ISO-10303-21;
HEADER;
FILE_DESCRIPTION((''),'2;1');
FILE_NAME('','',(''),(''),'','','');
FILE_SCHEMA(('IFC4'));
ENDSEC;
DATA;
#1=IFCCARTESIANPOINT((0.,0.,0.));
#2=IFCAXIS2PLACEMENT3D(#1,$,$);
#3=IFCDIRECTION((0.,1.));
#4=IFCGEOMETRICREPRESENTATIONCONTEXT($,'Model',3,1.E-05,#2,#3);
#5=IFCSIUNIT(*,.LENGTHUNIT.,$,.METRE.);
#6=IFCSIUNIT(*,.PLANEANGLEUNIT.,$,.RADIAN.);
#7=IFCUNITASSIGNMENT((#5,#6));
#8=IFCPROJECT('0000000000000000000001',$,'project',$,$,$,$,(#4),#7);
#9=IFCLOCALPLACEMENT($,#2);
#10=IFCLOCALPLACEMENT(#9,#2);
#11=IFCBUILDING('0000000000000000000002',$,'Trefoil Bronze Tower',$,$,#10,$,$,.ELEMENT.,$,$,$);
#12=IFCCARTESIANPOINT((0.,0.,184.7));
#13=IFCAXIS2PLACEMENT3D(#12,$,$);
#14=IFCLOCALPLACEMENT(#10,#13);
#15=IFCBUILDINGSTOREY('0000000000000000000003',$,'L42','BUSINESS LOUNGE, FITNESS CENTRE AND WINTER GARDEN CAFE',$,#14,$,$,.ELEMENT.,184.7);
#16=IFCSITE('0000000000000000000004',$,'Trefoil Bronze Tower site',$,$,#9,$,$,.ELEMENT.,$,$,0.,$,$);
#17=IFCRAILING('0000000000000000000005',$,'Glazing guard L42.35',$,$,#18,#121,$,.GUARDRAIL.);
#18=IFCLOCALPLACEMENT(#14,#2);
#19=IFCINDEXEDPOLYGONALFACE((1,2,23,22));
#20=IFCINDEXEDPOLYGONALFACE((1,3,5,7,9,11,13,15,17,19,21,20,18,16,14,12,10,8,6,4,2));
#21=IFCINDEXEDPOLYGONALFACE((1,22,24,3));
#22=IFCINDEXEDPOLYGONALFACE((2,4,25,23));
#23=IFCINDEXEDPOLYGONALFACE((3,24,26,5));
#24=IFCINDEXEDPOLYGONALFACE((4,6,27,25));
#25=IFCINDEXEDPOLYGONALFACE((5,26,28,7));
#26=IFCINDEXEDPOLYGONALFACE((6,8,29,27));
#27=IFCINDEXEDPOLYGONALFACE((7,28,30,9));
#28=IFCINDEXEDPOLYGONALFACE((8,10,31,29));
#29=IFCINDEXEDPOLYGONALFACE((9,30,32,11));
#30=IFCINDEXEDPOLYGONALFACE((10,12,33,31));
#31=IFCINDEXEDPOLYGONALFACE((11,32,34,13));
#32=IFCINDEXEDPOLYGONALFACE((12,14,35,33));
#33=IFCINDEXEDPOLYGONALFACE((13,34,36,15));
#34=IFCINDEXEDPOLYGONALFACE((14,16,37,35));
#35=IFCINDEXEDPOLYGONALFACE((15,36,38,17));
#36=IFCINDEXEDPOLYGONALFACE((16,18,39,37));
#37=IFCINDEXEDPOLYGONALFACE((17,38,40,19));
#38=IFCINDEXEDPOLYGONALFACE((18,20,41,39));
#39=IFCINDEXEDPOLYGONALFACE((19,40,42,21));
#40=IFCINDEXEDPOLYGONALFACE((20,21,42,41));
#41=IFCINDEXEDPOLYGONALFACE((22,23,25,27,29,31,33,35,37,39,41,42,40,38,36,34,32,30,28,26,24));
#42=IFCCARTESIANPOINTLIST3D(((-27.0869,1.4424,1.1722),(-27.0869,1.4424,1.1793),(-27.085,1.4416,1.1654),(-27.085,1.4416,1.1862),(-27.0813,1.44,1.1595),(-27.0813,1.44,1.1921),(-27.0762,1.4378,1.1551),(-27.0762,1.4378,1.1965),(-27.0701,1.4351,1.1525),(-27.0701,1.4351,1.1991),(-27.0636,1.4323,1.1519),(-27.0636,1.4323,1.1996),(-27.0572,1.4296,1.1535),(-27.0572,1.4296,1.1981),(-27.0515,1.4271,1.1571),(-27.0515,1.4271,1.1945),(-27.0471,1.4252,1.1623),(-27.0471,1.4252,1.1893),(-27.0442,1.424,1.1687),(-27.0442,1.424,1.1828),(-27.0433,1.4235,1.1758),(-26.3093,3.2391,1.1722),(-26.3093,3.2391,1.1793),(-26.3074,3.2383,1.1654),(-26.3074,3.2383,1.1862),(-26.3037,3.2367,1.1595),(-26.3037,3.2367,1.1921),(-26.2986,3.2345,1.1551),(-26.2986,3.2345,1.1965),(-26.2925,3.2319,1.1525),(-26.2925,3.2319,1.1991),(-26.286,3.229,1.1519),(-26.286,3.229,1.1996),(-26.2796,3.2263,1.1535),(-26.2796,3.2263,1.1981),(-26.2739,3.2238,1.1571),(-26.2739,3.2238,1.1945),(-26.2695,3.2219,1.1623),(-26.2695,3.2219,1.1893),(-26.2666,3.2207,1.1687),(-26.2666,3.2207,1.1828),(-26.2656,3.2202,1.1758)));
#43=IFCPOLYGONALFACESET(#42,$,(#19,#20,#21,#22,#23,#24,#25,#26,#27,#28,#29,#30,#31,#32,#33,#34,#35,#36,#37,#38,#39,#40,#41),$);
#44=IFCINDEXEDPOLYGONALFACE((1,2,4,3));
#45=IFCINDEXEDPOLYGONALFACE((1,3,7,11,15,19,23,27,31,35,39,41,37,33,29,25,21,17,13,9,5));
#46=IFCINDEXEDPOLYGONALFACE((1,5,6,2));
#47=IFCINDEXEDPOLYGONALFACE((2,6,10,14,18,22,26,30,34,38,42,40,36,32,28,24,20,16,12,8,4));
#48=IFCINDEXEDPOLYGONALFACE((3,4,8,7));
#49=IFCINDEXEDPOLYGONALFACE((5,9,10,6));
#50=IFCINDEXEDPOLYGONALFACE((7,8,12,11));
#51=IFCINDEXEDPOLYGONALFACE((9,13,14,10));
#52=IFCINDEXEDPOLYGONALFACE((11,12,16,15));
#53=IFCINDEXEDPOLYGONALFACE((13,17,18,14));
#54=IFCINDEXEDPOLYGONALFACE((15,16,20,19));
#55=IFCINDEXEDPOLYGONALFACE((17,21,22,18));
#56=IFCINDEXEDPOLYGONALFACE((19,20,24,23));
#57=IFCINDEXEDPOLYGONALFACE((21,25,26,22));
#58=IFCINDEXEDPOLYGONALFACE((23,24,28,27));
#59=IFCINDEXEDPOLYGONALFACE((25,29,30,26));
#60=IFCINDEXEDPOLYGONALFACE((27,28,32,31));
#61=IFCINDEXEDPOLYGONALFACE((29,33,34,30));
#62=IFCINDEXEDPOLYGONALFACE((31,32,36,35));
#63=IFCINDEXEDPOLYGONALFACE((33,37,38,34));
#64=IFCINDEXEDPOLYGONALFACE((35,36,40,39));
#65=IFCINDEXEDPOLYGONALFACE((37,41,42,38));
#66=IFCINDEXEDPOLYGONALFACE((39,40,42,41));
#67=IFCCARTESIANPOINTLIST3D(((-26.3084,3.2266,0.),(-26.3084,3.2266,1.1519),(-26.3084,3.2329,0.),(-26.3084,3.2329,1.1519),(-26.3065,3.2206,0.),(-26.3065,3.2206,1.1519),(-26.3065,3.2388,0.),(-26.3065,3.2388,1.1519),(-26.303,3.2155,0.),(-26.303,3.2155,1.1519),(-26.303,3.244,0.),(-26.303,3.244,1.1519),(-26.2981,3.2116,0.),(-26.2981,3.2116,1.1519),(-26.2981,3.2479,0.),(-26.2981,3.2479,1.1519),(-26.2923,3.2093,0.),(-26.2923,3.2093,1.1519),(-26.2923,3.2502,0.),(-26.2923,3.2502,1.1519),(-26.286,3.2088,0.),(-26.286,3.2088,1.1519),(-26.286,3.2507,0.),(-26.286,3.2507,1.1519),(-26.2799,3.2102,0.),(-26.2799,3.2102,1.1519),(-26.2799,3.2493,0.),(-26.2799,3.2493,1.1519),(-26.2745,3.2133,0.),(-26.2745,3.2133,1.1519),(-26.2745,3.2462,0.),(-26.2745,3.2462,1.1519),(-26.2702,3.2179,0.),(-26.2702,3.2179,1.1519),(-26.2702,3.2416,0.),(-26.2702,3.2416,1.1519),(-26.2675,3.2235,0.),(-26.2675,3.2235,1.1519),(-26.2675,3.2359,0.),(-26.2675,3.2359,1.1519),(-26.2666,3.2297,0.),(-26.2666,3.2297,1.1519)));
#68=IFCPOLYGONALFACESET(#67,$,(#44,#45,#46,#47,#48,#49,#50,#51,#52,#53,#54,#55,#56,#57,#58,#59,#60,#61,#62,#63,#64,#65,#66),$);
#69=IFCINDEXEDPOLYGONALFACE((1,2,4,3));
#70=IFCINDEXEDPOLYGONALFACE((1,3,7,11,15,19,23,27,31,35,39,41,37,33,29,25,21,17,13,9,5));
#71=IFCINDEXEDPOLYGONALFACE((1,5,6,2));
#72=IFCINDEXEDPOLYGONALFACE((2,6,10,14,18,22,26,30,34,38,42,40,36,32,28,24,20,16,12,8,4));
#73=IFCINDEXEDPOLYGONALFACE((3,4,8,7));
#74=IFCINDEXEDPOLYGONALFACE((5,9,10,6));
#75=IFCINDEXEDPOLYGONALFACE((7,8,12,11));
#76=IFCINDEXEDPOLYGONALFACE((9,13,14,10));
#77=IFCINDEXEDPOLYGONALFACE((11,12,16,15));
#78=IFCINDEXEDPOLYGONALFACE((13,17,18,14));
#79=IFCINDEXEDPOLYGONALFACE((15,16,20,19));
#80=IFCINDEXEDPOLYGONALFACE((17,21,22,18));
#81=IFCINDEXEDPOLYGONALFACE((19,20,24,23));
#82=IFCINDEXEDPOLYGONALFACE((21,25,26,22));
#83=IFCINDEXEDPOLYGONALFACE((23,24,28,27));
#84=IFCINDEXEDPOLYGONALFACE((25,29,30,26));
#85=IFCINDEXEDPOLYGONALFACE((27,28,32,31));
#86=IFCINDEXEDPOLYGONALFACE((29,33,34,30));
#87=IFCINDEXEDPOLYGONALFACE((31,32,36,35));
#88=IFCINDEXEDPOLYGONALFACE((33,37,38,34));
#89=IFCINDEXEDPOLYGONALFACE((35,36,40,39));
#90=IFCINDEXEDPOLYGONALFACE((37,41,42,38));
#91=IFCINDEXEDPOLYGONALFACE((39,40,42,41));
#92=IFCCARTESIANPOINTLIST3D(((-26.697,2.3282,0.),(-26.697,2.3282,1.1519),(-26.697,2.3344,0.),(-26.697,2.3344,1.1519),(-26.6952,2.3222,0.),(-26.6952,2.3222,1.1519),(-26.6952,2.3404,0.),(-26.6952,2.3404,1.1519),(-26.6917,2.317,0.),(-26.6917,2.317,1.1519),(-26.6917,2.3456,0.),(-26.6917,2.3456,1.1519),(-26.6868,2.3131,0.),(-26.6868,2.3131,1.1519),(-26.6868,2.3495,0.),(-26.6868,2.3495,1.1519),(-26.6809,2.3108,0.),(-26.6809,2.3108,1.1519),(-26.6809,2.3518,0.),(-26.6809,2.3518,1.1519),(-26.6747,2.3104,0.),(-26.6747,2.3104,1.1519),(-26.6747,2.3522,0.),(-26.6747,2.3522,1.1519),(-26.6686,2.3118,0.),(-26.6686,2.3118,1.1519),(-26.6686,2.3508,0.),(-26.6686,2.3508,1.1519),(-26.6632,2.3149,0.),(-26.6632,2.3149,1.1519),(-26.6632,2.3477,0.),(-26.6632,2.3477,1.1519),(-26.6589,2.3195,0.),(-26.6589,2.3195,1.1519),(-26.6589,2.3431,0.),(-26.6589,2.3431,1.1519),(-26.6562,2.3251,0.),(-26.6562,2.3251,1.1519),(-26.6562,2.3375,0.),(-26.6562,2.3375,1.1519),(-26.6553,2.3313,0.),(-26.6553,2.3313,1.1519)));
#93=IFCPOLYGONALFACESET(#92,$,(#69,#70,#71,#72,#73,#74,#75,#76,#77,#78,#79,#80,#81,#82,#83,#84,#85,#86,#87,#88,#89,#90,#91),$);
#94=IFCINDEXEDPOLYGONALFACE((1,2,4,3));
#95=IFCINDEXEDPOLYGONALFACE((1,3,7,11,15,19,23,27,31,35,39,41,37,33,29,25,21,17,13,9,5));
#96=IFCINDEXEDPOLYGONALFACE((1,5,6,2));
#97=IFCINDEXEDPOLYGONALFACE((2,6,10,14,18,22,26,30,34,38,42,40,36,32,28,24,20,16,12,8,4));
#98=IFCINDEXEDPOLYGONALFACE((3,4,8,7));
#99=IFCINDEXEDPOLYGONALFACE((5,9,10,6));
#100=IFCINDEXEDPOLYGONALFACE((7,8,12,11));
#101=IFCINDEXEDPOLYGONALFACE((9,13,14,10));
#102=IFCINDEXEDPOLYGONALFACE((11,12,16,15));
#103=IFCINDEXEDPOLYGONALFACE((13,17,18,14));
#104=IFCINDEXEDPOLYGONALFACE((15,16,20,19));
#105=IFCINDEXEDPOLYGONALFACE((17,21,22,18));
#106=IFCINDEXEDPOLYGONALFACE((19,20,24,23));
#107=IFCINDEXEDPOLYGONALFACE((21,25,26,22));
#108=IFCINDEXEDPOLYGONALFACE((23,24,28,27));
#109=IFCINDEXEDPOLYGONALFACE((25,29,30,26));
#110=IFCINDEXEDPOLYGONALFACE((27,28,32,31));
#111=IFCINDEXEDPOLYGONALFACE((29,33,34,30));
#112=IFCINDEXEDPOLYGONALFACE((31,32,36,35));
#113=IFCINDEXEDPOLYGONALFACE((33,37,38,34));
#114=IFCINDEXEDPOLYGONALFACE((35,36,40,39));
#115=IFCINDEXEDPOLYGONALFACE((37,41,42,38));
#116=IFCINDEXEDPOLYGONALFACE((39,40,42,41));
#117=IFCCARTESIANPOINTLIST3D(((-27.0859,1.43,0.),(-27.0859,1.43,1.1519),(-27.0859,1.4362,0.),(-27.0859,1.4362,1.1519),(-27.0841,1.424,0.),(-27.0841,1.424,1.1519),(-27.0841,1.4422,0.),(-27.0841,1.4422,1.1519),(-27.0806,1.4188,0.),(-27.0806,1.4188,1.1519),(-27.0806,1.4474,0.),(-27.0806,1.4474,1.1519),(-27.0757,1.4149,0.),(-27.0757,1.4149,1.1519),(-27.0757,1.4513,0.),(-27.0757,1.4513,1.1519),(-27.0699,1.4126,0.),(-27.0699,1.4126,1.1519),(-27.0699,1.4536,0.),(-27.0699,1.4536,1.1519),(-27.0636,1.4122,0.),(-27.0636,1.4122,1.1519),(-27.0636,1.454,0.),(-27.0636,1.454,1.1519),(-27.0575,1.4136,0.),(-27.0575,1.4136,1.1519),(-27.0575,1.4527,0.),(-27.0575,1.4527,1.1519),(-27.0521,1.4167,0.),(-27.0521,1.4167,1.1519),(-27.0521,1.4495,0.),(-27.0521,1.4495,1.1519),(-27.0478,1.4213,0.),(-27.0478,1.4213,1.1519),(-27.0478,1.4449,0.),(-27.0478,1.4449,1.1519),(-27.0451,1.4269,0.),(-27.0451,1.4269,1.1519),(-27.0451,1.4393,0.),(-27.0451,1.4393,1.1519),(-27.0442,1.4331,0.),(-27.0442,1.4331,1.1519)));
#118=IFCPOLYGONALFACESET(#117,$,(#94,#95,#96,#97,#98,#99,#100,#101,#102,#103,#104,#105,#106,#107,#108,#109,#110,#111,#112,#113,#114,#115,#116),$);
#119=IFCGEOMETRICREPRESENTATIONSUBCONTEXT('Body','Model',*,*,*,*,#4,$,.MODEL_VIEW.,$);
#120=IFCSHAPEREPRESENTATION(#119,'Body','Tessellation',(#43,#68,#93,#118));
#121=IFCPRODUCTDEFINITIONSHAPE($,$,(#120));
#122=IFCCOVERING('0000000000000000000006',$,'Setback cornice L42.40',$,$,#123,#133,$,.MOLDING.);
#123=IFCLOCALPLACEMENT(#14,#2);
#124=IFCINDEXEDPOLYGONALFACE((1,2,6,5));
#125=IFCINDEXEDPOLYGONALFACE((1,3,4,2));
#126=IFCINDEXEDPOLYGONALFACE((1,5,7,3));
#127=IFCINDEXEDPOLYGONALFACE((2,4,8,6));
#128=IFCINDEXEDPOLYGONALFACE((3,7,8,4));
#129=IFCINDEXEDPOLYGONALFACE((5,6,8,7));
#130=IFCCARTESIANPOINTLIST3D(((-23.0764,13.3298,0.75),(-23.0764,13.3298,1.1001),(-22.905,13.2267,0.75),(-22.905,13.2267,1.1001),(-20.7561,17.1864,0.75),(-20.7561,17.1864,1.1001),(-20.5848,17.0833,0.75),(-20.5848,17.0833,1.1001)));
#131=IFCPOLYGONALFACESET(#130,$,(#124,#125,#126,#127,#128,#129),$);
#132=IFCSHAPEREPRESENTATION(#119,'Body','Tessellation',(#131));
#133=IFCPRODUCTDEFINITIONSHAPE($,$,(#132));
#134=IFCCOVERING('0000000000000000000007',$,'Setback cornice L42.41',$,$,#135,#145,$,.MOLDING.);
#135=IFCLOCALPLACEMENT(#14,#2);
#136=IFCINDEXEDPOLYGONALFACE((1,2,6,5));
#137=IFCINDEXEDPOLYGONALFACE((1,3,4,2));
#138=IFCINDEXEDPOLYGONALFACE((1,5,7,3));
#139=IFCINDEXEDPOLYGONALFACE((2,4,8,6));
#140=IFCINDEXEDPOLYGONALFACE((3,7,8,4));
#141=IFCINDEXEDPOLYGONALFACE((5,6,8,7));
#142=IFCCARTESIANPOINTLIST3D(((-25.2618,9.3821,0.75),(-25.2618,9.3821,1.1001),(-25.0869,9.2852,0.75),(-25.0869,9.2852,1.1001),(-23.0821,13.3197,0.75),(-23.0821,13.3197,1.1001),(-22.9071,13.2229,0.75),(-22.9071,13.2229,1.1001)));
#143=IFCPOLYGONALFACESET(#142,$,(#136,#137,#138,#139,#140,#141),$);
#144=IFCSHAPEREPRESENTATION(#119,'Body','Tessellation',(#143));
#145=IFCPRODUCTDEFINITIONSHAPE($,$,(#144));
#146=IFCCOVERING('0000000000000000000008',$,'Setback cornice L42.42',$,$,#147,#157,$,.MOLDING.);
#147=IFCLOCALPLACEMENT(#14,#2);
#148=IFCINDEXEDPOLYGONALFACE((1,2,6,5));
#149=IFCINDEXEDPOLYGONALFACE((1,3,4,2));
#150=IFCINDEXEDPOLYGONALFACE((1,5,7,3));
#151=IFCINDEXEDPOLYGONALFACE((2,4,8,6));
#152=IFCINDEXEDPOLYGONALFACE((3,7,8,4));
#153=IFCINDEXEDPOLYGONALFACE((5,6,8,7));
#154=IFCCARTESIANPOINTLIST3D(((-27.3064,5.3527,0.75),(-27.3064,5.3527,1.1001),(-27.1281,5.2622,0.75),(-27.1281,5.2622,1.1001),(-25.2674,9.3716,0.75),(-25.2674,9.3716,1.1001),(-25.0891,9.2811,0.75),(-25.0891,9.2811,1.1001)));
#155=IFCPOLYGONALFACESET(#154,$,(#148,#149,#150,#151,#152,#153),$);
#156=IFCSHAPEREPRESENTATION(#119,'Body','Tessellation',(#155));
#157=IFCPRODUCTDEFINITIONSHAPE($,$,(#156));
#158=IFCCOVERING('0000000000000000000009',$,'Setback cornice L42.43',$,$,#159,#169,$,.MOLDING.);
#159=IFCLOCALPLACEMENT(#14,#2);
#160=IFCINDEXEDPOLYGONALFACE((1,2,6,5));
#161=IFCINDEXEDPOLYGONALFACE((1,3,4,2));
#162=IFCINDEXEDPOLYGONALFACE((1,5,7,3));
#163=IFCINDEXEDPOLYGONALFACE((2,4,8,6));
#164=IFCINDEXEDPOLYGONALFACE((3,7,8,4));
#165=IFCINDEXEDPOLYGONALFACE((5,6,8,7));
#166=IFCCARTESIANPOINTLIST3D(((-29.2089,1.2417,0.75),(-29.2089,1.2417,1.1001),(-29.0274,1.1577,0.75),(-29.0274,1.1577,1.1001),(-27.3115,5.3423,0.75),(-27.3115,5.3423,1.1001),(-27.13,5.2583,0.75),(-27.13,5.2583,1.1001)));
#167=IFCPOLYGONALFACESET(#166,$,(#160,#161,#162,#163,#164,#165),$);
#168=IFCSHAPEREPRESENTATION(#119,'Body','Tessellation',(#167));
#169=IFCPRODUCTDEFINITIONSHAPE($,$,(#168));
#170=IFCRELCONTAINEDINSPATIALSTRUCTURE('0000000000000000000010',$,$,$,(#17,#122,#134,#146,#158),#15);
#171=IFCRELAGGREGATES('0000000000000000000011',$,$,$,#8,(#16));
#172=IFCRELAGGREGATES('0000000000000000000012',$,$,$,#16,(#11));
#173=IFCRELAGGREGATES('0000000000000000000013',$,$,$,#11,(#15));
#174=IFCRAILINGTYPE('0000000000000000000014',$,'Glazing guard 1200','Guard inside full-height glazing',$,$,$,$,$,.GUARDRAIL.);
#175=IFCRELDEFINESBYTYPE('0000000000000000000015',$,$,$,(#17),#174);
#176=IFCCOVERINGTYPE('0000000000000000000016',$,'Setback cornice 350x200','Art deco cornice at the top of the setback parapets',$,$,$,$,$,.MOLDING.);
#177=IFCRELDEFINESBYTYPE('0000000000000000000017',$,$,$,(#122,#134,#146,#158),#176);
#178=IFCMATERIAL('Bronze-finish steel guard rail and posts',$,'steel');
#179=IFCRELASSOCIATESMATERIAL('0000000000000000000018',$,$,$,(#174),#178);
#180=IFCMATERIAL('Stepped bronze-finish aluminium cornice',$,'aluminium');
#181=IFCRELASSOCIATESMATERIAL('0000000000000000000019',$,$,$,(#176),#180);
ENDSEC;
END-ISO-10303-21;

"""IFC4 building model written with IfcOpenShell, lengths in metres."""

from ifc_helpers import new_model, si_unit, direction, frame, origin, origin_2d, place, context, subcontext, project, spatial, rectangle, circle, extrude, material, type_object, element, save


model = new_model("IFC4")

# Units and contexts
model_context = context("Model", 3, precision=1e-05, world=origin(), true_north=direction((0.0, 1.0)))
body_context = subcontext(model_context, "Body", "Model", "MODEL_VIEW")
ifc_project = project(units=[si_unit("LENGTHUNIT", "METRE"), si_unit("PLANEANGLEUNIT", "RADIAN")], contexts=[model_context])

# Site, building, storey
site_placement = place(None, origin())
site = spatial("IfcSite", under=ifc_project, at=site_placement, Name="Trefoil Bronze Tower site", CompositionType="ELEMENT", RefElevation=0.0)
building_placement = place(site_placement, origin())
building = spatial("IfcBuilding", under=site, at=building_placement, Name="Trefoil Bronze Tower", CompositionType="ELEMENT")
storey_placement = place(building_placement, frame((0.0, 0.0, 184.7)))
storey = spatial("IfcBuildingStorey", under=building, at=storey_placement, Name="L42", Description="BUSINESS LOUNGE, FITNESS CENTRE AND WINTER GARDEN CAFE", CompositionType="ELEMENT", Elevation=184.7)

# Railing
ifc_material_1 = material(Name="Bronze-finish steel guard rail and posts", Category="steel")
railing_type = type_object("IfcRailingType", Name="Glazing guard 1200", Description="Guard inside full-height glazing", PredefinedType="GUARDRAIL", material=ifc_material_1)
railing_1_placement = place(storey_placement, frame((-26.2876, 3.2297, 0.0)))
element("IfcRailing", 1, at=railing_1_placement, inside=storey, type_object=railing_type, Name="Glazing guard L42.35", PredefinedType="GUARDRAIL", context=body_context, shape_type="SweptSolid", body=[
    extrude(circle(Radius=0.0239, at=origin_2d()), frame((0.0, 0.0, 1.1758), z_axis=(-0.397198, -0.917733, 0.0), x_axis=(0.917733, -0.397198, 0.0)), (0.0, 0.0, 1.0), 1.9578),
    extrude(circle(Radius=0.021, at=origin_2d()), origin(), (0.0, 0.0, 1.0), 1.1519),
    extrude(circle(Radius=0.021, at=origin_2d()), frame((-0.3887, -0.8984, 0.0)), (0.0, 0.0, 1.0), 1.1519),
    extrude(circle(Radius=0.021, at=origin_2d()), frame((-0.7776, -1.7966, 0.0)), (0.0, 0.0, 1.0), 1.1519),
])

# Coverings
ifc_material_2 = material(Name="Stepped bronze-finish aluminium cornice", Category="aluminium")
covering_type = type_object("IfcCoveringType", Name="Setback cornice 350x200", Description="Art deco cornice at the top of the setback parapets", PredefinedType="MOLDING", material=ifc_material_2)
for number, where, z_axis, x_axis, name in (
    (2, (-21.8306, 15.2065, 0.75), (0.0, 0.0, 1.0), (-0.515525, -0.856874, 0.0), "Setback cornice L42.40"),
    (3, (-24.0845, 11.3025, 0.75), (0.0, 0.0, 1.0), (-0.484312, -0.874895, 0.0), "Setback cornice L42.41"),
):
    element("IfcCovering", number, at=place(storey_placement, frame(where, z_axis=z_axis, x_axis=x_axis)), inside=storey, type_object=covering_type, Name=name, PredefinedType="MOLDING", context=body_context, shape_type="SweptSolid", body=[
        extrude(rectangle(XDim=4.5007, YDim=0.2, at=origin_2d()), origin(), (0.0, 0.0, 1.0), 0.3501),
    ])
covering_1_placement = place(storey_placement, frame((-26.1978, 7.3169, 0.75), z_axis=(0.0, 0.0, 1.0), x_axis=(-0.452449, -0.89179, 0.0)))
element("IfcCovering", 4, at=covering_1_placement, inside=storey, type_object=covering_type, Name="Setback cornice L42.42", PredefinedType="MOLDING", context=body_context, shape_type="SweptSolid", body=[
    extrude(rectangle(XDim=4.5066, YDim=0.2, at=origin_2d()), origin(), (0.0, 0.0, 1.0), 0.3501),
])
covering_2_placement = place(storey_placement, frame((-28.1694, 3.25, 0.75), z_axis=(0.0, 0.0, 1.0), x_axis=(-0.419933, -0.907555, 0.0)))
element("IfcCovering", 5, at=covering_2_placement, inside=storey, type_object=covering_type, Name="Setback cornice L42.43", PredefinedType="MOLDING", context=body_context, shape_type="SweptSolid", body=[
    extrude(rectangle(XDim=4.5183, YDim=0.2, at=origin_2d()), origin(), (0.0, 0.0, 1.0), 0.3501),
])

save(model, "model.ifc")
